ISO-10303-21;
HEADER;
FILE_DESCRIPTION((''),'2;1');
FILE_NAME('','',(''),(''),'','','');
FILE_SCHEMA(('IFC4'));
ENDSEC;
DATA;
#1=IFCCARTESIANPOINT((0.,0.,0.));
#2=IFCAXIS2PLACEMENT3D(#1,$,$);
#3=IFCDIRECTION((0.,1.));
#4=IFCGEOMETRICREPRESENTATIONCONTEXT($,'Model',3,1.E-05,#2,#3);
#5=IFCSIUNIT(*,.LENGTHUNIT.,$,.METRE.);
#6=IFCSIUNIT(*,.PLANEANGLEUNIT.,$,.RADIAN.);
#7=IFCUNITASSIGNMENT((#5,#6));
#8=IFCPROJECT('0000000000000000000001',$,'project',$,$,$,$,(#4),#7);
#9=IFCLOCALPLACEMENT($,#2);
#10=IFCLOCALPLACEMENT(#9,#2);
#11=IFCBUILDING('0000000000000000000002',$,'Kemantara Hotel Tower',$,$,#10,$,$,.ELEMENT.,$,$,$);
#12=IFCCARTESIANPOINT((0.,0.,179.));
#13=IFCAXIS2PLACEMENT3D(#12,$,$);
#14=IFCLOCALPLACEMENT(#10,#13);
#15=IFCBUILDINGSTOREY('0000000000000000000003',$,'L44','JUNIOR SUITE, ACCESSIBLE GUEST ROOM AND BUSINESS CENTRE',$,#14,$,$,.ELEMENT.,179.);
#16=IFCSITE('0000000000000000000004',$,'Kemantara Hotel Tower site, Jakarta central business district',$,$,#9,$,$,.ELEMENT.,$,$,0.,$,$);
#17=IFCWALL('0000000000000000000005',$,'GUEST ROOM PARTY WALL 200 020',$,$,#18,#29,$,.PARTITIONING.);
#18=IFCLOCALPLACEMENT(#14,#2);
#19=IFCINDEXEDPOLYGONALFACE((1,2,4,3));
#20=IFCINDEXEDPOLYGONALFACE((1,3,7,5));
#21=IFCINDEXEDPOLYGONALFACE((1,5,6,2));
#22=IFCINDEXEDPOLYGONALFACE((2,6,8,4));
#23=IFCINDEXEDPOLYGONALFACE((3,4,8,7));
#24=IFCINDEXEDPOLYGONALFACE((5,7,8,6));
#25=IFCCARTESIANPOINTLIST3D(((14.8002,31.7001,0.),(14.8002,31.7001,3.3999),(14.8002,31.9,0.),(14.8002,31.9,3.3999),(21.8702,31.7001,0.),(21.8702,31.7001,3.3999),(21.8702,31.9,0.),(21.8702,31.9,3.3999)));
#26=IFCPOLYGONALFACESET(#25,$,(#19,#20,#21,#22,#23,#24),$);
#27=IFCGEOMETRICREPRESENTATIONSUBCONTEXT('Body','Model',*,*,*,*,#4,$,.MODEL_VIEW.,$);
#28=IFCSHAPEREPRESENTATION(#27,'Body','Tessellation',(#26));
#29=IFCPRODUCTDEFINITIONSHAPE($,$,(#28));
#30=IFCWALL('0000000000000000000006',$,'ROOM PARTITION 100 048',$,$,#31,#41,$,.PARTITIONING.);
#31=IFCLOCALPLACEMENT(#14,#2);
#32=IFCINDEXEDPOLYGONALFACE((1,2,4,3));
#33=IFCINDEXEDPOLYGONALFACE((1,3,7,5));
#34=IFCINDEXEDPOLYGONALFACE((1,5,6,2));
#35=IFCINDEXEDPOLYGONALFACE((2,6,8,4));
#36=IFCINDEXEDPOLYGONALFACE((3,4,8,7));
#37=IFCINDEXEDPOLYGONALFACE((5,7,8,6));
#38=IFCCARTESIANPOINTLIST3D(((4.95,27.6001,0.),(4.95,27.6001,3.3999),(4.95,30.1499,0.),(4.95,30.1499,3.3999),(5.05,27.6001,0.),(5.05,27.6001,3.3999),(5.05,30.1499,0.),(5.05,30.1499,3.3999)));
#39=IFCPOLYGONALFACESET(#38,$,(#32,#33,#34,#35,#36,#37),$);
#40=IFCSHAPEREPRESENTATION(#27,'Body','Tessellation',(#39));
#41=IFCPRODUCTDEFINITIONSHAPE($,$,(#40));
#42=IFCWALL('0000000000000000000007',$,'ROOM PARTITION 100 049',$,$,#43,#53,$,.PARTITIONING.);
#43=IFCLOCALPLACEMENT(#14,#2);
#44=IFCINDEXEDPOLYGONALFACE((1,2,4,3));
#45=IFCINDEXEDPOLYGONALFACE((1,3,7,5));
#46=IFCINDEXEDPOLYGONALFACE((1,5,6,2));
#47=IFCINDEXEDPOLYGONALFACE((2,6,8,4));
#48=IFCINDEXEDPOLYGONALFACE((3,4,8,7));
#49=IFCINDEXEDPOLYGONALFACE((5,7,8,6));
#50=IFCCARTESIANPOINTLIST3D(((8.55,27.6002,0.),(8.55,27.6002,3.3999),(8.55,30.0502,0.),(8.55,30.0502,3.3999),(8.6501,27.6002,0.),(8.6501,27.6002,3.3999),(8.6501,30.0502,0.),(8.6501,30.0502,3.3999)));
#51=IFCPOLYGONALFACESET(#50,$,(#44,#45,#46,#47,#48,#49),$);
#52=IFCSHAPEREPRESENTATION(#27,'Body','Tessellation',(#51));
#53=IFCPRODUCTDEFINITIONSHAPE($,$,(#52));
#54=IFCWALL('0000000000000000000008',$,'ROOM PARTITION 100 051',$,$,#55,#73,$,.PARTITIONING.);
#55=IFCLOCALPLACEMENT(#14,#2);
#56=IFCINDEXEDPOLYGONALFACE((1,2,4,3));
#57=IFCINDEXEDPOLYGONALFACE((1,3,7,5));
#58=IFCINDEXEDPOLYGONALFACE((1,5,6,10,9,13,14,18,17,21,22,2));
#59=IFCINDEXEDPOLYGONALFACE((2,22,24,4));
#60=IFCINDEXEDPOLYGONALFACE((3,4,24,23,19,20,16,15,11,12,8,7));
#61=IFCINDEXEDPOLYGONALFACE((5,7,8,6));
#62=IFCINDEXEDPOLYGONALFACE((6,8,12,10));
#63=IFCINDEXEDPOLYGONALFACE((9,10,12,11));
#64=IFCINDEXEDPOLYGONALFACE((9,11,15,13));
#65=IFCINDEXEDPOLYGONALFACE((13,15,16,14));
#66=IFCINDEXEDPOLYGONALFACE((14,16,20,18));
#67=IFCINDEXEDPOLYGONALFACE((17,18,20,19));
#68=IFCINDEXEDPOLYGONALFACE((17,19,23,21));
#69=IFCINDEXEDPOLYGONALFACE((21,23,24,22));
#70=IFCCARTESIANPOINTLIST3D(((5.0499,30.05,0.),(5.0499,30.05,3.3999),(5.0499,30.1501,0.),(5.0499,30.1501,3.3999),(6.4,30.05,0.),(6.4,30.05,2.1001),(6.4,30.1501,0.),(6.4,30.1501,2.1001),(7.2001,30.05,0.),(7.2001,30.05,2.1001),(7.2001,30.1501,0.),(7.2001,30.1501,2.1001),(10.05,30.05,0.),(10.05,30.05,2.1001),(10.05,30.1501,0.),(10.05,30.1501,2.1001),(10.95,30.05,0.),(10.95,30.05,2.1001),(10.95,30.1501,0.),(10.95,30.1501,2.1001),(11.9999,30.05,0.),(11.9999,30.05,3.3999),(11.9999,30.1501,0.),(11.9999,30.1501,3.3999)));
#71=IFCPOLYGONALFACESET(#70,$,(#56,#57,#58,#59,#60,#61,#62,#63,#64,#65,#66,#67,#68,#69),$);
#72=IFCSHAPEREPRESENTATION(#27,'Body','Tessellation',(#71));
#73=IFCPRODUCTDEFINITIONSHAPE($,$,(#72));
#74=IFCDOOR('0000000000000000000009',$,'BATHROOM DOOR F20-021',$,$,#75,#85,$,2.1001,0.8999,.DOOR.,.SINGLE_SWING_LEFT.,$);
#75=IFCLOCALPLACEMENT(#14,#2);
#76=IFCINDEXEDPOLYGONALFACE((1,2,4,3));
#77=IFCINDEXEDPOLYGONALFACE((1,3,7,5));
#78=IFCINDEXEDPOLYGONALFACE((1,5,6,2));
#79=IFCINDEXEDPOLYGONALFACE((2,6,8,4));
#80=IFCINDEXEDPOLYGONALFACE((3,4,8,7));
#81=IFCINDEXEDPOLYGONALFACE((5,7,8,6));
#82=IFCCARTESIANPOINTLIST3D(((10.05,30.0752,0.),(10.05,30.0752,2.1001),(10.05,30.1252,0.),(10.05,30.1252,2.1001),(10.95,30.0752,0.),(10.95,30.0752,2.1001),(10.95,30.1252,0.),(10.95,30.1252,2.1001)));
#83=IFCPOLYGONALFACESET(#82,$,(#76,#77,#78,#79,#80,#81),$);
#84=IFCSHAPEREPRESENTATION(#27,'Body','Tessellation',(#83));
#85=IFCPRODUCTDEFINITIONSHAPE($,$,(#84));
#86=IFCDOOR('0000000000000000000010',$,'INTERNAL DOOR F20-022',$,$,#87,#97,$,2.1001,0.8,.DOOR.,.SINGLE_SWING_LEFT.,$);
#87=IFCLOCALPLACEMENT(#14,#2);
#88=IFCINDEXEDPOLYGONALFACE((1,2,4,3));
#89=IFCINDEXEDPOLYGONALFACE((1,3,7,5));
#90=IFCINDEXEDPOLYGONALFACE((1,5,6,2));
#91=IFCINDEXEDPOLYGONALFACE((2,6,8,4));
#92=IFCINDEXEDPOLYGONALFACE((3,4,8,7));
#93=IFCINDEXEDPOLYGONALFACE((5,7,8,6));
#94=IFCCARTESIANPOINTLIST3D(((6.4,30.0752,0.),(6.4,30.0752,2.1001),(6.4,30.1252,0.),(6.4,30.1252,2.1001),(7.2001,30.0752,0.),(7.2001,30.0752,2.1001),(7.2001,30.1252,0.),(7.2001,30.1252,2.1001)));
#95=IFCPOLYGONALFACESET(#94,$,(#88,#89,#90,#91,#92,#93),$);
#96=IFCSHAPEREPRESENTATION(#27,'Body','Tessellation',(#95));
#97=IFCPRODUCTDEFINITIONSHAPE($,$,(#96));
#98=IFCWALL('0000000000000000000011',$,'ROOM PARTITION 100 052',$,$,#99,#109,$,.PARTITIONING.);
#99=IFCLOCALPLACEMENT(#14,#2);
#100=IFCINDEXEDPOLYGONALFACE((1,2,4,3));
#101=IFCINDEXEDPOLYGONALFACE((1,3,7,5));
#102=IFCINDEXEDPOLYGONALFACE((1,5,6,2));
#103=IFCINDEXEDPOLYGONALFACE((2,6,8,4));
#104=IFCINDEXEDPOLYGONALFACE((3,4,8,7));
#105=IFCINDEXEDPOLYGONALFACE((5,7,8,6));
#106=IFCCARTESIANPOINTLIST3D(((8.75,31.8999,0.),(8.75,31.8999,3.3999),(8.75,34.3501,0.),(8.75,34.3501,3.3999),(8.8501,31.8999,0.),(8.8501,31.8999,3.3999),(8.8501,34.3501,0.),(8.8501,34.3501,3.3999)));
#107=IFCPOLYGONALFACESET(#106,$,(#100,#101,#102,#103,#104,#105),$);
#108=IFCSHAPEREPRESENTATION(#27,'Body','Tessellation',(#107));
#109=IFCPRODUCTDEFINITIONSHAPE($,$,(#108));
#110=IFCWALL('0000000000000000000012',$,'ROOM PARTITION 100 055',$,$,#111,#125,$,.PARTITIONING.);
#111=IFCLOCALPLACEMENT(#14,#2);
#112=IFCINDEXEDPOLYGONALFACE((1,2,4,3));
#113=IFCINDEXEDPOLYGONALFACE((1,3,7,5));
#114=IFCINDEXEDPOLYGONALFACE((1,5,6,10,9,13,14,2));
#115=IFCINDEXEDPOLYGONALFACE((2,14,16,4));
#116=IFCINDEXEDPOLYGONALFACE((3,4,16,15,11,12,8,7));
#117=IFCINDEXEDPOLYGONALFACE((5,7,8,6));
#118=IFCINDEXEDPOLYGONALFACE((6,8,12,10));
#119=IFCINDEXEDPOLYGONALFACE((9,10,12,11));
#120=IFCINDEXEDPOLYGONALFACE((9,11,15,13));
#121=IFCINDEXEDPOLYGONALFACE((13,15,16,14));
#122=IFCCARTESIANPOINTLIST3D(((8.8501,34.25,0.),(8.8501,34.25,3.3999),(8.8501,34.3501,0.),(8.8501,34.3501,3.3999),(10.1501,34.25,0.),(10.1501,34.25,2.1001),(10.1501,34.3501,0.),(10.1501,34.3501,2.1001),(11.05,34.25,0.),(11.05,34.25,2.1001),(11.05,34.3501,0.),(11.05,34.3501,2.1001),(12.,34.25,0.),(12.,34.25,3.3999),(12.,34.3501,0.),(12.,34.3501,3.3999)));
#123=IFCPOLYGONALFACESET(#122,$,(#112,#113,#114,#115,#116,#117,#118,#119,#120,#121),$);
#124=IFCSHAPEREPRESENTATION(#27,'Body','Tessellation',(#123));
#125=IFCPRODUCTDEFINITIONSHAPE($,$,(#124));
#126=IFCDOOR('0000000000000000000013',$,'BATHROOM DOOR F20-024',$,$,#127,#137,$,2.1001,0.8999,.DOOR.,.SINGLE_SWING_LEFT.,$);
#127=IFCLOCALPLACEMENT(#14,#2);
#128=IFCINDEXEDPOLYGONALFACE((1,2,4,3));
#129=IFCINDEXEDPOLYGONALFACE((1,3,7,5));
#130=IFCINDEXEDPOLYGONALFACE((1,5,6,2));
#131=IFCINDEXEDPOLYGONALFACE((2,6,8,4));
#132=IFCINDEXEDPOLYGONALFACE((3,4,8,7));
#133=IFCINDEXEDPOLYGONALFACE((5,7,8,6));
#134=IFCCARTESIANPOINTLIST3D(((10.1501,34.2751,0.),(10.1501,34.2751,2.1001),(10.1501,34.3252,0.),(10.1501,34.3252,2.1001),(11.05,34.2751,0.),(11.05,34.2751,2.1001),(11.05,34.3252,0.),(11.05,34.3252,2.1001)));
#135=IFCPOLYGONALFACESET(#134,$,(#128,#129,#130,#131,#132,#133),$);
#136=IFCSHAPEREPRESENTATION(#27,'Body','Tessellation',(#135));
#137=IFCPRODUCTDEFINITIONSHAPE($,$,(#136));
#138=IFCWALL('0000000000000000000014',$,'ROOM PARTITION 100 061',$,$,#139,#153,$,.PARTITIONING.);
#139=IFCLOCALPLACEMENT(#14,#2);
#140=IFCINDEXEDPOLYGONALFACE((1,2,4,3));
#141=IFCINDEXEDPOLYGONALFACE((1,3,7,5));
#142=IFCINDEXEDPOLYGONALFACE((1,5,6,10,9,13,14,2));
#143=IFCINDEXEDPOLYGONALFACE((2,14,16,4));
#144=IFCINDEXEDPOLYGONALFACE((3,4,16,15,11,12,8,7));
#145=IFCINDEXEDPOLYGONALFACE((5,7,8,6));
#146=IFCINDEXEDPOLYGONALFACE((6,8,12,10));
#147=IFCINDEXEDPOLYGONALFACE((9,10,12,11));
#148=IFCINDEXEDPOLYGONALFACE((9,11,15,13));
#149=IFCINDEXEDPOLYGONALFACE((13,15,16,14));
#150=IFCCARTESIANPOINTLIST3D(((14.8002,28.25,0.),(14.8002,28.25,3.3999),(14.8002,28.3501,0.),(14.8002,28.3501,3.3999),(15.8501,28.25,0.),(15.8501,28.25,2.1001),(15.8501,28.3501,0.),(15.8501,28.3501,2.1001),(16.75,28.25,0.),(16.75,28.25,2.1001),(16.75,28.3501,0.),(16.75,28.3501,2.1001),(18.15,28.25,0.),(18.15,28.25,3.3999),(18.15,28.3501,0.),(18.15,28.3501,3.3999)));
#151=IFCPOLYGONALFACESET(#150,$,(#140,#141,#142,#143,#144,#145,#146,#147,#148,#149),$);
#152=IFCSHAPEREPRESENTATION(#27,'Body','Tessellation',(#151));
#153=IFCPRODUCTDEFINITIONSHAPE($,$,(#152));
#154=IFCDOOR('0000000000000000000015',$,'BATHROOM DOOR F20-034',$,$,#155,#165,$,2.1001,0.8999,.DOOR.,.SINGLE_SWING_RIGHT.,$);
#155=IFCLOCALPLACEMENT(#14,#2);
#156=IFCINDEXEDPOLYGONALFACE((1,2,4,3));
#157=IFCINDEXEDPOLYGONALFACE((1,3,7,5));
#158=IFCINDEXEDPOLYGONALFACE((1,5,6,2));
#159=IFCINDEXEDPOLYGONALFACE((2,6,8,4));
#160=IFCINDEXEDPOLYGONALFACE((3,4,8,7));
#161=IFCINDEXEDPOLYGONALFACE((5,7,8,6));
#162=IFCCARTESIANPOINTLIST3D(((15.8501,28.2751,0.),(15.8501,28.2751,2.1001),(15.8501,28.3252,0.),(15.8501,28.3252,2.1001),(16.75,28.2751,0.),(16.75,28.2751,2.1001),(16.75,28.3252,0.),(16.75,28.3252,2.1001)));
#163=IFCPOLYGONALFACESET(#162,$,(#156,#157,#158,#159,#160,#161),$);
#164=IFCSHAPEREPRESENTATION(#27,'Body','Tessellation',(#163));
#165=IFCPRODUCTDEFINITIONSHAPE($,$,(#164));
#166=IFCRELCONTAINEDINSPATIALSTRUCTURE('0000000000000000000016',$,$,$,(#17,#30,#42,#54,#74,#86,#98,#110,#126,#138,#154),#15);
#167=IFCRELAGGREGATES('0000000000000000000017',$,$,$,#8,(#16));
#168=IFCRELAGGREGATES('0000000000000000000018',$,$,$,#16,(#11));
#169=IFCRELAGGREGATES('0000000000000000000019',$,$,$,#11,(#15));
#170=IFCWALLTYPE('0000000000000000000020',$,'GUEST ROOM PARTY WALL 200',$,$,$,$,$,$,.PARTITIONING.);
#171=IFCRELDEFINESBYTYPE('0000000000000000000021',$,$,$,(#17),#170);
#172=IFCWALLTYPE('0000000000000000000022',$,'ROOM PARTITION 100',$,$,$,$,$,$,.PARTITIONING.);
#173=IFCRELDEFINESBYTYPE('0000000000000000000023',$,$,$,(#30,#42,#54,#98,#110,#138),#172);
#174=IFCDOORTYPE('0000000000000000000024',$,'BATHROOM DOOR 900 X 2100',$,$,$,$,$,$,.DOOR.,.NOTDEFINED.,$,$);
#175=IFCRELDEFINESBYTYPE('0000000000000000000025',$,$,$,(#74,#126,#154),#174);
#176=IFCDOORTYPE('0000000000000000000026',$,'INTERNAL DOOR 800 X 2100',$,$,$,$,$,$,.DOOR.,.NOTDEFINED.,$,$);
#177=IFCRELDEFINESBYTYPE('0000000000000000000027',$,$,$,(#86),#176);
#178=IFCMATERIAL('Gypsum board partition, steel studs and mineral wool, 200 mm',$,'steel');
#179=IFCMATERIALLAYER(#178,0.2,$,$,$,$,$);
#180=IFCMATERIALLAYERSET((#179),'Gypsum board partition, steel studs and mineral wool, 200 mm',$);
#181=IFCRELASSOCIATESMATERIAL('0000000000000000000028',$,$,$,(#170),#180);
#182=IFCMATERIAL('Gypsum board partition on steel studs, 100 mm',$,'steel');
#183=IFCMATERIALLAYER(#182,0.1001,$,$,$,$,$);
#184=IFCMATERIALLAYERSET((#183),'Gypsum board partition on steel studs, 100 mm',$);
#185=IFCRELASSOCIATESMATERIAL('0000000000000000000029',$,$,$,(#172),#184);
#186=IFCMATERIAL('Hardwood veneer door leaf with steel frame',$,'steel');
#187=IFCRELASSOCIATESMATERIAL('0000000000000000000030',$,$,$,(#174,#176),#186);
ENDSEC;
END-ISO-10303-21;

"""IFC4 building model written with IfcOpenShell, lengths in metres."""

from ifc_helpers import new_model, si_unit, direction, frame, frame_2d, origin, place, context, subcontext, project, spatial, rectangle, extrude, material, layer, layer_set, type_object, element, fill, save


model = new_model("IFC4")

# Units and contexts
model_context = context("Model", 3, precision=1e-05, world=origin(), true_north=direction((0.0, 1.0)))
body_context = subcontext(model_context, "Body", "Model", "MODEL_VIEW")
ifc_project = project(units=[si_unit("LENGTHUNIT", "METRE"), si_unit("PLANEANGLEUNIT", "RADIAN")], contexts=[model_context])

# Site, building, storey
site_placement = place(None, origin())
site = spatial("IfcSite", under=ifc_project, at=site_placement, Name="Kemantara Hotel Tower site, Jakarta central business district", CompositionType="ELEMENT", RefElevation=0.0)
building_placement = place(site_placement, origin())
building = spatial("IfcBuilding", under=site, at=building_placement, Name="Kemantara Hotel Tower", CompositionType="ELEMENT")
storey_placement = place(building_placement, frame((0.0, 0.0, 179.0)))
storey = spatial("IfcBuildingStorey", under=building, at=storey_placement, Name="L44", Description="JUNIOR SUITE, ACCESSIBLE GUEST ROOM AND BUSINESS CENTRE", CompositionType="ELEMENT", Elevation=179.0)

# Shared definitions
ifc_material_1 = material(Name="Gypsum board partition, steel studs and mineral wool, 200 mm", Category="steel")
ifc_material_2 = material(Name="Hardwood veneer door leaf with steel frame", Category="steel")

# Walls
ifc_layer_1 = layer(ifc_material_1, 0.2)
ifc_layer_set_1 = layer_set([ifc_layer_1], Name="Gypsum board partition, steel studs and mineral wool, 200 mm")
wall_type_1 = type_object("IfcWallType", Name="GUEST ROOM PARTY WALL 200", PredefinedType="PARTITIONING", material=ifc_layer_set_1)
wall_1_placement = place(storey_placement, frame((14.8, 31.8, 0.0), z_axis=(0.0, 0.0, 1.0), x_axis=(1.0, 0.0, 0.0)))
element("IfcWall", 1, at=wall_1_placement, inside=storey, type_object=wall_type_1, Name="GUEST ROOM PARTY WALL 200 020", PredefinedType="PARTITIONING", context=body_context, shape_type="SweptSolid", body=[
    extrude(rectangle(XDim=7.0701, YDim=0.2, at=frame_2d((3.5352, 0.0))), origin(), (0.0, 0.0, 1.0), 3.3999),
])
ifc_material_3 = material(Name="Gypsum board partition on steel studs, 100 mm", Category="steel")
ifc_layer_2 = layer(ifc_material_3, 0.1001)
ifc_layer_set_2 = layer_set([ifc_layer_2], Name="Gypsum board partition on steel studs, 100 mm")
wall_type_2 = type_object("IfcWallType", Name="ROOM PARTITION 100", PredefinedType="PARTITIONING", material=ifc_layer_set_2)
wall_2_placement = place(storey_placement, frame((5.0, 27.6001, 0.0), z_axis=(0.0, 0.0, 1.0), x_axis=(0.0, 1.0, 0.0)))
element("IfcWall", 2, at=wall_2_placement, inside=storey, type_object=wall_type_2, Name="ROOM PARTITION 100 048", PredefinedType="PARTITIONING", context=body_context, shape_type="SweptSolid", body=[
    extrude(rectangle(XDim=2.5498, YDim=0.1001, at=frame_2d((1.2749, 0.0))), origin(), (0.0, 0.0, 1.0), 3.3999),
])
wall_3_placement = place(storey_placement, frame((8.6001, 27.6001, 0.0), z_axis=(0.0, 0.0, 1.0), x_axis=(0.0, 1.0, 0.0)))
element("IfcWall", 3, at=wall_3_placement, inside=storey, type_object=wall_type_2, Name="ROOM PARTITION 100 049", PredefinedType="PARTITIONING", context=body_context, shape_type="SweptSolid", body=[
    extrude(rectangle(XDim=2.45, YDim=0.1001, at=frame_2d((1.2251, 0.0))), origin(), (0.0, 0.0, 1.0), 3.3999),
])

# Wall, openings, doors
wall_4_placement = place(storey_placement, frame((12.0, 30.1001, 0.0), z_axis=(0.0, 0.0, 1.0), x_axis=(-1.0, 0.0, 0.0)))
wall_4 = element("IfcWall", 4, at=wall_4_placement, inside=storey, type_object=wall_type_2, Name="ROOM PARTITION 100 051", PredefinedType="PARTITIONING", context=body_context, shape_type="SweptSolid", body=[
    extrude(rectangle(XDim=6.95, YDim=0.1001, at=frame_2d((3.4751, 0.0))), origin(), (0.0, 0.0, 1.0), 3.3999),
])
opening_1_placement = place(wall_4_placement, frame((1.05, 0.0, 0.0)))
opening_1 = element("IfcOpeningElement", 5, at=opening_1_placement, cuts=wall_4, PredefinedType="OPENING", context=body_context, shape_type="SweptSolid", body=[
    extrude(rectangle(XDim=0.8999, YDim=2.1001, at=frame_2d((0.45, 1.05))), frame((0.0, 0.0601, 0.0), z_axis=(0.0, -1.0, 0.0), x_axis=(1.0, 0.0, 0.0)), (0.0, 0.0, 1.0), 0.1201),
])
opening_2_placement = place(wall_4_placement, frame((4.8, 0.0, 0.0)))
opening_2 = element("IfcOpeningElement", 6, at=opening_2_placement, cuts=wall_4, PredefinedType="OPENING", context=body_context, shape_type="SweptSolid", body=[
    extrude(rectangle(XDim=0.8, YDim=2.1001, at=frame_2d((0.3999, 1.05))), frame((0.0, 0.0601, 0.0), z_axis=(0.0, -1.0, 0.0), x_axis=(1.0, 0.0, 0.0)), (0.0, 0.0, 1.0), 0.1201),
])
door_type_1 = type_object("IfcDoorType", Name="BATHROOM DOOR 900 X 2100", OperationType="NOTDEFINED", PredefinedType="DOOR", material=ifc_material_2)
door_1_placement = place(opening_1_placement, origin())
door_1 = element("IfcDoor", 7, at=door_1_placement, inside=storey, type_object=door_type_1, Name="BATHROOM DOOR F20-021", OperationType="SINGLE_SWING_LEFT", OverallHeight=2.1001, OverallWidth=0.8999, PredefinedType="DOOR", context=body_context, shape_type="SweptSolid", body=[
    extrude(rectangle(XDim=0.8999, YDim=2.1001, at=frame_2d((0.45, 1.05))), frame((0.0, 0.0249, 0.0), z_axis=(0.0, -1.0, 0.0), x_axis=(1.0, 0.0, 0.0)), (0.0, 0.0, 1.0), 0.05),
])
fill(opening_1, door_1)
door_type_2 = type_object("IfcDoorType", Name="INTERNAL DOOR 800 X 2100", OperationType="NOTDEFINED", PredefinedType="DOOR", material=ifc_material_2)
door_2_placement = place(opening_2_placement, origin())
door_2 = element("IfcDoor", 8, at=door_2_placement, inside=storey, type_object=door_type_2, Name="INTERNAL DOOR F20-022", OperationType="SINGLE_SWING_LEFT", OverallHeight=2.1001, OverallWidth=0.8, PredefinedType="DOOR", context=body_context, shape_type="SweptSolid", body=[
    extrude(rectangle(XDim=0.8, YDim=2.1001, at=frame_2d((0.3999, 1.05))), frame((0.0, 0.0249, 0.0), z_axis=(0.0, -1.0, 0.0), x_axis=(1.0, 0.0, 0.0)), (0.0, 0.0, 1.0), 0.05),
])
fill(opening_2, door_2)

# Wall
wall_5_placement = place(storey_placement, frame((8.8, 31.8999, 0.0), z_axis=(0.0, 0.0, 1.0), x_axis=(0.0, 1.0, 0.0)))
element("IfcWall", 9, at=wall_5_placement, inside=storey, type_object=wall_type_2, Name="ROOM PARTITION 100 052", PredefinedType="PARTITIONING", context=body_context, shape_type="SweptSolid", body=[
    extrude(rectangle(XDim=2.4502, YDim=0.1001, at=frame_2d((1.2251, 0.0))), origin(), (0.0, 0.0, 1.0), 3.3999),
])

# Walls, openings, doors
wall_6_placement = place(storey_placement, frame((12.0, 34.3, 0.0), z_axis=(0.0, 0.0, 1.0), x_axis=(-1.0, 0.0, 0.0)))
wall_6 = element("IfcWall", 10, at=wall_6_placement, inside=storey, type_object=wall_type_2, Name="ROOM PARTITION 100 055", PredefinedType="PARTITIONING", context=body_context, shape_type="SweptSolid", body=[
    extrude(rectangle(XDim=3.1499, YDim=0.1001, at=frame_2d((1.575, 0.0))), origin(), (0.0, 0.0, 1.0), 3.3999),
])
opening_3_placement = place(wall_6_placement, frame((0.95, 0.0, 0.0)))
opening_3 = element("IfcOpeningElement", 11, at=opening_3_placement, cuts=wall_6, PredefinedType="OPENING", context=body_context, shape_type="SweptSolid", body=[
    extrude(rectangle(XDim=0.8999, YDim=2.1001, at=frame_2d((0.45, 1.05))), frame((0.0, 0.0601, 0.0), z_axis=(0.0, -1.0, 0.0), x_axis=(1.0, 0.0, 0.0)), (0.0, 0.0, 1.0), 0.1201),
])
door_3_placement = place(opening_3_placement, origin())
door_3 = element("IfcDoor", 12, at=door_3_placement, inside=storey, type_object=door_type_1, Name="BATHROOM DOOR F20-024", OperationType="SINGLE_SWING_LEFT", OverallHeight=2.1001, OverallWidth=0.8999, PredefinedType="DOOR", context=body_context, shape_type="SweptSolid", body=[
    extrude(rectangle(XDim=0.8999, YDim=2.1001, at=frame_2d((0.45, 1.05))), frame((0.0, 0.0249, 0.0), z_axis=(0.0, -1.0, 0.0), x_axis=(1.0, 0.0, 0.0)), (0.0, 0.0, 1.0), 0.05),
])
fill(opening_3, door_3)
wall_7_placement = place(storey_placement, frame((18.1499, 28.3, 0.0), z_axis=(0.0, 0.0, 1.0), x_axis=(-1.0, 0.0, 0.0)))
wall_7 = element("IfcWall", 13, at=wall_7_placement, inside=storey, type_object=wall_type_2, Name="ROOM PARTITION 100 061", PredefinedType="PARTITIONING", context=body_context, shape_type="SweptSolid", body=[
    extrude(rectangle(XDim=3.3499, YDim=0.1001, at=frame_2d((1.6748, 0.0))), origin(), (0.0, 0.0, 1.0), 3.3999),
])
opening_4_placement = place(wall_7_placement, frame((1.3999, 0.0, 0.0)))
opening_4 = element("IfcOpeningElement", 14, at=opening_4_placement, cuts=wall_7, PredefinedType="OPENING", context=body_context, shape_type="SweptSolid", body=[
    extrude(rectangle(XDim=0.8999, YDim=2.1001, at=frame_2d((0.45, 1.05))), frame((0.0, 0.0601, 0.0), z_axis=(0.0, -1.0, 0.0), x_axis=(1.0, 0.0, 0.0)), (0.0, 0.0, 1.0), 0.1201),
])
door_4_placement = place(opening_4_placement, origin())
door_4 = element("IfcDoor", 15, at=door_4_placement, inside=storey, type_object=door_type_1, Name="BATHROOM DOOR F20-034", OperationType="SINGLE_SWING_RIGHT", OverallHeight=2.1001, OverallWidth=0.8999, PredefinedType="DOOR", context=body_context, shape_type="SweptSolid", body=[
    extrude(rectangle(XDim=0.8999, YDim=2.1001, at=frame_2d((0.45, 1.05))), frame((0.0, 0.0249, 0.0), z_axis=(0.0, -1.0, 0.0), x_axis=(1.0, 0.0, 0.0)), (0.0, 0.0, 1.0), 0.05),
])
fill(opening_4, door_4)

save(model, "model.ifc")
